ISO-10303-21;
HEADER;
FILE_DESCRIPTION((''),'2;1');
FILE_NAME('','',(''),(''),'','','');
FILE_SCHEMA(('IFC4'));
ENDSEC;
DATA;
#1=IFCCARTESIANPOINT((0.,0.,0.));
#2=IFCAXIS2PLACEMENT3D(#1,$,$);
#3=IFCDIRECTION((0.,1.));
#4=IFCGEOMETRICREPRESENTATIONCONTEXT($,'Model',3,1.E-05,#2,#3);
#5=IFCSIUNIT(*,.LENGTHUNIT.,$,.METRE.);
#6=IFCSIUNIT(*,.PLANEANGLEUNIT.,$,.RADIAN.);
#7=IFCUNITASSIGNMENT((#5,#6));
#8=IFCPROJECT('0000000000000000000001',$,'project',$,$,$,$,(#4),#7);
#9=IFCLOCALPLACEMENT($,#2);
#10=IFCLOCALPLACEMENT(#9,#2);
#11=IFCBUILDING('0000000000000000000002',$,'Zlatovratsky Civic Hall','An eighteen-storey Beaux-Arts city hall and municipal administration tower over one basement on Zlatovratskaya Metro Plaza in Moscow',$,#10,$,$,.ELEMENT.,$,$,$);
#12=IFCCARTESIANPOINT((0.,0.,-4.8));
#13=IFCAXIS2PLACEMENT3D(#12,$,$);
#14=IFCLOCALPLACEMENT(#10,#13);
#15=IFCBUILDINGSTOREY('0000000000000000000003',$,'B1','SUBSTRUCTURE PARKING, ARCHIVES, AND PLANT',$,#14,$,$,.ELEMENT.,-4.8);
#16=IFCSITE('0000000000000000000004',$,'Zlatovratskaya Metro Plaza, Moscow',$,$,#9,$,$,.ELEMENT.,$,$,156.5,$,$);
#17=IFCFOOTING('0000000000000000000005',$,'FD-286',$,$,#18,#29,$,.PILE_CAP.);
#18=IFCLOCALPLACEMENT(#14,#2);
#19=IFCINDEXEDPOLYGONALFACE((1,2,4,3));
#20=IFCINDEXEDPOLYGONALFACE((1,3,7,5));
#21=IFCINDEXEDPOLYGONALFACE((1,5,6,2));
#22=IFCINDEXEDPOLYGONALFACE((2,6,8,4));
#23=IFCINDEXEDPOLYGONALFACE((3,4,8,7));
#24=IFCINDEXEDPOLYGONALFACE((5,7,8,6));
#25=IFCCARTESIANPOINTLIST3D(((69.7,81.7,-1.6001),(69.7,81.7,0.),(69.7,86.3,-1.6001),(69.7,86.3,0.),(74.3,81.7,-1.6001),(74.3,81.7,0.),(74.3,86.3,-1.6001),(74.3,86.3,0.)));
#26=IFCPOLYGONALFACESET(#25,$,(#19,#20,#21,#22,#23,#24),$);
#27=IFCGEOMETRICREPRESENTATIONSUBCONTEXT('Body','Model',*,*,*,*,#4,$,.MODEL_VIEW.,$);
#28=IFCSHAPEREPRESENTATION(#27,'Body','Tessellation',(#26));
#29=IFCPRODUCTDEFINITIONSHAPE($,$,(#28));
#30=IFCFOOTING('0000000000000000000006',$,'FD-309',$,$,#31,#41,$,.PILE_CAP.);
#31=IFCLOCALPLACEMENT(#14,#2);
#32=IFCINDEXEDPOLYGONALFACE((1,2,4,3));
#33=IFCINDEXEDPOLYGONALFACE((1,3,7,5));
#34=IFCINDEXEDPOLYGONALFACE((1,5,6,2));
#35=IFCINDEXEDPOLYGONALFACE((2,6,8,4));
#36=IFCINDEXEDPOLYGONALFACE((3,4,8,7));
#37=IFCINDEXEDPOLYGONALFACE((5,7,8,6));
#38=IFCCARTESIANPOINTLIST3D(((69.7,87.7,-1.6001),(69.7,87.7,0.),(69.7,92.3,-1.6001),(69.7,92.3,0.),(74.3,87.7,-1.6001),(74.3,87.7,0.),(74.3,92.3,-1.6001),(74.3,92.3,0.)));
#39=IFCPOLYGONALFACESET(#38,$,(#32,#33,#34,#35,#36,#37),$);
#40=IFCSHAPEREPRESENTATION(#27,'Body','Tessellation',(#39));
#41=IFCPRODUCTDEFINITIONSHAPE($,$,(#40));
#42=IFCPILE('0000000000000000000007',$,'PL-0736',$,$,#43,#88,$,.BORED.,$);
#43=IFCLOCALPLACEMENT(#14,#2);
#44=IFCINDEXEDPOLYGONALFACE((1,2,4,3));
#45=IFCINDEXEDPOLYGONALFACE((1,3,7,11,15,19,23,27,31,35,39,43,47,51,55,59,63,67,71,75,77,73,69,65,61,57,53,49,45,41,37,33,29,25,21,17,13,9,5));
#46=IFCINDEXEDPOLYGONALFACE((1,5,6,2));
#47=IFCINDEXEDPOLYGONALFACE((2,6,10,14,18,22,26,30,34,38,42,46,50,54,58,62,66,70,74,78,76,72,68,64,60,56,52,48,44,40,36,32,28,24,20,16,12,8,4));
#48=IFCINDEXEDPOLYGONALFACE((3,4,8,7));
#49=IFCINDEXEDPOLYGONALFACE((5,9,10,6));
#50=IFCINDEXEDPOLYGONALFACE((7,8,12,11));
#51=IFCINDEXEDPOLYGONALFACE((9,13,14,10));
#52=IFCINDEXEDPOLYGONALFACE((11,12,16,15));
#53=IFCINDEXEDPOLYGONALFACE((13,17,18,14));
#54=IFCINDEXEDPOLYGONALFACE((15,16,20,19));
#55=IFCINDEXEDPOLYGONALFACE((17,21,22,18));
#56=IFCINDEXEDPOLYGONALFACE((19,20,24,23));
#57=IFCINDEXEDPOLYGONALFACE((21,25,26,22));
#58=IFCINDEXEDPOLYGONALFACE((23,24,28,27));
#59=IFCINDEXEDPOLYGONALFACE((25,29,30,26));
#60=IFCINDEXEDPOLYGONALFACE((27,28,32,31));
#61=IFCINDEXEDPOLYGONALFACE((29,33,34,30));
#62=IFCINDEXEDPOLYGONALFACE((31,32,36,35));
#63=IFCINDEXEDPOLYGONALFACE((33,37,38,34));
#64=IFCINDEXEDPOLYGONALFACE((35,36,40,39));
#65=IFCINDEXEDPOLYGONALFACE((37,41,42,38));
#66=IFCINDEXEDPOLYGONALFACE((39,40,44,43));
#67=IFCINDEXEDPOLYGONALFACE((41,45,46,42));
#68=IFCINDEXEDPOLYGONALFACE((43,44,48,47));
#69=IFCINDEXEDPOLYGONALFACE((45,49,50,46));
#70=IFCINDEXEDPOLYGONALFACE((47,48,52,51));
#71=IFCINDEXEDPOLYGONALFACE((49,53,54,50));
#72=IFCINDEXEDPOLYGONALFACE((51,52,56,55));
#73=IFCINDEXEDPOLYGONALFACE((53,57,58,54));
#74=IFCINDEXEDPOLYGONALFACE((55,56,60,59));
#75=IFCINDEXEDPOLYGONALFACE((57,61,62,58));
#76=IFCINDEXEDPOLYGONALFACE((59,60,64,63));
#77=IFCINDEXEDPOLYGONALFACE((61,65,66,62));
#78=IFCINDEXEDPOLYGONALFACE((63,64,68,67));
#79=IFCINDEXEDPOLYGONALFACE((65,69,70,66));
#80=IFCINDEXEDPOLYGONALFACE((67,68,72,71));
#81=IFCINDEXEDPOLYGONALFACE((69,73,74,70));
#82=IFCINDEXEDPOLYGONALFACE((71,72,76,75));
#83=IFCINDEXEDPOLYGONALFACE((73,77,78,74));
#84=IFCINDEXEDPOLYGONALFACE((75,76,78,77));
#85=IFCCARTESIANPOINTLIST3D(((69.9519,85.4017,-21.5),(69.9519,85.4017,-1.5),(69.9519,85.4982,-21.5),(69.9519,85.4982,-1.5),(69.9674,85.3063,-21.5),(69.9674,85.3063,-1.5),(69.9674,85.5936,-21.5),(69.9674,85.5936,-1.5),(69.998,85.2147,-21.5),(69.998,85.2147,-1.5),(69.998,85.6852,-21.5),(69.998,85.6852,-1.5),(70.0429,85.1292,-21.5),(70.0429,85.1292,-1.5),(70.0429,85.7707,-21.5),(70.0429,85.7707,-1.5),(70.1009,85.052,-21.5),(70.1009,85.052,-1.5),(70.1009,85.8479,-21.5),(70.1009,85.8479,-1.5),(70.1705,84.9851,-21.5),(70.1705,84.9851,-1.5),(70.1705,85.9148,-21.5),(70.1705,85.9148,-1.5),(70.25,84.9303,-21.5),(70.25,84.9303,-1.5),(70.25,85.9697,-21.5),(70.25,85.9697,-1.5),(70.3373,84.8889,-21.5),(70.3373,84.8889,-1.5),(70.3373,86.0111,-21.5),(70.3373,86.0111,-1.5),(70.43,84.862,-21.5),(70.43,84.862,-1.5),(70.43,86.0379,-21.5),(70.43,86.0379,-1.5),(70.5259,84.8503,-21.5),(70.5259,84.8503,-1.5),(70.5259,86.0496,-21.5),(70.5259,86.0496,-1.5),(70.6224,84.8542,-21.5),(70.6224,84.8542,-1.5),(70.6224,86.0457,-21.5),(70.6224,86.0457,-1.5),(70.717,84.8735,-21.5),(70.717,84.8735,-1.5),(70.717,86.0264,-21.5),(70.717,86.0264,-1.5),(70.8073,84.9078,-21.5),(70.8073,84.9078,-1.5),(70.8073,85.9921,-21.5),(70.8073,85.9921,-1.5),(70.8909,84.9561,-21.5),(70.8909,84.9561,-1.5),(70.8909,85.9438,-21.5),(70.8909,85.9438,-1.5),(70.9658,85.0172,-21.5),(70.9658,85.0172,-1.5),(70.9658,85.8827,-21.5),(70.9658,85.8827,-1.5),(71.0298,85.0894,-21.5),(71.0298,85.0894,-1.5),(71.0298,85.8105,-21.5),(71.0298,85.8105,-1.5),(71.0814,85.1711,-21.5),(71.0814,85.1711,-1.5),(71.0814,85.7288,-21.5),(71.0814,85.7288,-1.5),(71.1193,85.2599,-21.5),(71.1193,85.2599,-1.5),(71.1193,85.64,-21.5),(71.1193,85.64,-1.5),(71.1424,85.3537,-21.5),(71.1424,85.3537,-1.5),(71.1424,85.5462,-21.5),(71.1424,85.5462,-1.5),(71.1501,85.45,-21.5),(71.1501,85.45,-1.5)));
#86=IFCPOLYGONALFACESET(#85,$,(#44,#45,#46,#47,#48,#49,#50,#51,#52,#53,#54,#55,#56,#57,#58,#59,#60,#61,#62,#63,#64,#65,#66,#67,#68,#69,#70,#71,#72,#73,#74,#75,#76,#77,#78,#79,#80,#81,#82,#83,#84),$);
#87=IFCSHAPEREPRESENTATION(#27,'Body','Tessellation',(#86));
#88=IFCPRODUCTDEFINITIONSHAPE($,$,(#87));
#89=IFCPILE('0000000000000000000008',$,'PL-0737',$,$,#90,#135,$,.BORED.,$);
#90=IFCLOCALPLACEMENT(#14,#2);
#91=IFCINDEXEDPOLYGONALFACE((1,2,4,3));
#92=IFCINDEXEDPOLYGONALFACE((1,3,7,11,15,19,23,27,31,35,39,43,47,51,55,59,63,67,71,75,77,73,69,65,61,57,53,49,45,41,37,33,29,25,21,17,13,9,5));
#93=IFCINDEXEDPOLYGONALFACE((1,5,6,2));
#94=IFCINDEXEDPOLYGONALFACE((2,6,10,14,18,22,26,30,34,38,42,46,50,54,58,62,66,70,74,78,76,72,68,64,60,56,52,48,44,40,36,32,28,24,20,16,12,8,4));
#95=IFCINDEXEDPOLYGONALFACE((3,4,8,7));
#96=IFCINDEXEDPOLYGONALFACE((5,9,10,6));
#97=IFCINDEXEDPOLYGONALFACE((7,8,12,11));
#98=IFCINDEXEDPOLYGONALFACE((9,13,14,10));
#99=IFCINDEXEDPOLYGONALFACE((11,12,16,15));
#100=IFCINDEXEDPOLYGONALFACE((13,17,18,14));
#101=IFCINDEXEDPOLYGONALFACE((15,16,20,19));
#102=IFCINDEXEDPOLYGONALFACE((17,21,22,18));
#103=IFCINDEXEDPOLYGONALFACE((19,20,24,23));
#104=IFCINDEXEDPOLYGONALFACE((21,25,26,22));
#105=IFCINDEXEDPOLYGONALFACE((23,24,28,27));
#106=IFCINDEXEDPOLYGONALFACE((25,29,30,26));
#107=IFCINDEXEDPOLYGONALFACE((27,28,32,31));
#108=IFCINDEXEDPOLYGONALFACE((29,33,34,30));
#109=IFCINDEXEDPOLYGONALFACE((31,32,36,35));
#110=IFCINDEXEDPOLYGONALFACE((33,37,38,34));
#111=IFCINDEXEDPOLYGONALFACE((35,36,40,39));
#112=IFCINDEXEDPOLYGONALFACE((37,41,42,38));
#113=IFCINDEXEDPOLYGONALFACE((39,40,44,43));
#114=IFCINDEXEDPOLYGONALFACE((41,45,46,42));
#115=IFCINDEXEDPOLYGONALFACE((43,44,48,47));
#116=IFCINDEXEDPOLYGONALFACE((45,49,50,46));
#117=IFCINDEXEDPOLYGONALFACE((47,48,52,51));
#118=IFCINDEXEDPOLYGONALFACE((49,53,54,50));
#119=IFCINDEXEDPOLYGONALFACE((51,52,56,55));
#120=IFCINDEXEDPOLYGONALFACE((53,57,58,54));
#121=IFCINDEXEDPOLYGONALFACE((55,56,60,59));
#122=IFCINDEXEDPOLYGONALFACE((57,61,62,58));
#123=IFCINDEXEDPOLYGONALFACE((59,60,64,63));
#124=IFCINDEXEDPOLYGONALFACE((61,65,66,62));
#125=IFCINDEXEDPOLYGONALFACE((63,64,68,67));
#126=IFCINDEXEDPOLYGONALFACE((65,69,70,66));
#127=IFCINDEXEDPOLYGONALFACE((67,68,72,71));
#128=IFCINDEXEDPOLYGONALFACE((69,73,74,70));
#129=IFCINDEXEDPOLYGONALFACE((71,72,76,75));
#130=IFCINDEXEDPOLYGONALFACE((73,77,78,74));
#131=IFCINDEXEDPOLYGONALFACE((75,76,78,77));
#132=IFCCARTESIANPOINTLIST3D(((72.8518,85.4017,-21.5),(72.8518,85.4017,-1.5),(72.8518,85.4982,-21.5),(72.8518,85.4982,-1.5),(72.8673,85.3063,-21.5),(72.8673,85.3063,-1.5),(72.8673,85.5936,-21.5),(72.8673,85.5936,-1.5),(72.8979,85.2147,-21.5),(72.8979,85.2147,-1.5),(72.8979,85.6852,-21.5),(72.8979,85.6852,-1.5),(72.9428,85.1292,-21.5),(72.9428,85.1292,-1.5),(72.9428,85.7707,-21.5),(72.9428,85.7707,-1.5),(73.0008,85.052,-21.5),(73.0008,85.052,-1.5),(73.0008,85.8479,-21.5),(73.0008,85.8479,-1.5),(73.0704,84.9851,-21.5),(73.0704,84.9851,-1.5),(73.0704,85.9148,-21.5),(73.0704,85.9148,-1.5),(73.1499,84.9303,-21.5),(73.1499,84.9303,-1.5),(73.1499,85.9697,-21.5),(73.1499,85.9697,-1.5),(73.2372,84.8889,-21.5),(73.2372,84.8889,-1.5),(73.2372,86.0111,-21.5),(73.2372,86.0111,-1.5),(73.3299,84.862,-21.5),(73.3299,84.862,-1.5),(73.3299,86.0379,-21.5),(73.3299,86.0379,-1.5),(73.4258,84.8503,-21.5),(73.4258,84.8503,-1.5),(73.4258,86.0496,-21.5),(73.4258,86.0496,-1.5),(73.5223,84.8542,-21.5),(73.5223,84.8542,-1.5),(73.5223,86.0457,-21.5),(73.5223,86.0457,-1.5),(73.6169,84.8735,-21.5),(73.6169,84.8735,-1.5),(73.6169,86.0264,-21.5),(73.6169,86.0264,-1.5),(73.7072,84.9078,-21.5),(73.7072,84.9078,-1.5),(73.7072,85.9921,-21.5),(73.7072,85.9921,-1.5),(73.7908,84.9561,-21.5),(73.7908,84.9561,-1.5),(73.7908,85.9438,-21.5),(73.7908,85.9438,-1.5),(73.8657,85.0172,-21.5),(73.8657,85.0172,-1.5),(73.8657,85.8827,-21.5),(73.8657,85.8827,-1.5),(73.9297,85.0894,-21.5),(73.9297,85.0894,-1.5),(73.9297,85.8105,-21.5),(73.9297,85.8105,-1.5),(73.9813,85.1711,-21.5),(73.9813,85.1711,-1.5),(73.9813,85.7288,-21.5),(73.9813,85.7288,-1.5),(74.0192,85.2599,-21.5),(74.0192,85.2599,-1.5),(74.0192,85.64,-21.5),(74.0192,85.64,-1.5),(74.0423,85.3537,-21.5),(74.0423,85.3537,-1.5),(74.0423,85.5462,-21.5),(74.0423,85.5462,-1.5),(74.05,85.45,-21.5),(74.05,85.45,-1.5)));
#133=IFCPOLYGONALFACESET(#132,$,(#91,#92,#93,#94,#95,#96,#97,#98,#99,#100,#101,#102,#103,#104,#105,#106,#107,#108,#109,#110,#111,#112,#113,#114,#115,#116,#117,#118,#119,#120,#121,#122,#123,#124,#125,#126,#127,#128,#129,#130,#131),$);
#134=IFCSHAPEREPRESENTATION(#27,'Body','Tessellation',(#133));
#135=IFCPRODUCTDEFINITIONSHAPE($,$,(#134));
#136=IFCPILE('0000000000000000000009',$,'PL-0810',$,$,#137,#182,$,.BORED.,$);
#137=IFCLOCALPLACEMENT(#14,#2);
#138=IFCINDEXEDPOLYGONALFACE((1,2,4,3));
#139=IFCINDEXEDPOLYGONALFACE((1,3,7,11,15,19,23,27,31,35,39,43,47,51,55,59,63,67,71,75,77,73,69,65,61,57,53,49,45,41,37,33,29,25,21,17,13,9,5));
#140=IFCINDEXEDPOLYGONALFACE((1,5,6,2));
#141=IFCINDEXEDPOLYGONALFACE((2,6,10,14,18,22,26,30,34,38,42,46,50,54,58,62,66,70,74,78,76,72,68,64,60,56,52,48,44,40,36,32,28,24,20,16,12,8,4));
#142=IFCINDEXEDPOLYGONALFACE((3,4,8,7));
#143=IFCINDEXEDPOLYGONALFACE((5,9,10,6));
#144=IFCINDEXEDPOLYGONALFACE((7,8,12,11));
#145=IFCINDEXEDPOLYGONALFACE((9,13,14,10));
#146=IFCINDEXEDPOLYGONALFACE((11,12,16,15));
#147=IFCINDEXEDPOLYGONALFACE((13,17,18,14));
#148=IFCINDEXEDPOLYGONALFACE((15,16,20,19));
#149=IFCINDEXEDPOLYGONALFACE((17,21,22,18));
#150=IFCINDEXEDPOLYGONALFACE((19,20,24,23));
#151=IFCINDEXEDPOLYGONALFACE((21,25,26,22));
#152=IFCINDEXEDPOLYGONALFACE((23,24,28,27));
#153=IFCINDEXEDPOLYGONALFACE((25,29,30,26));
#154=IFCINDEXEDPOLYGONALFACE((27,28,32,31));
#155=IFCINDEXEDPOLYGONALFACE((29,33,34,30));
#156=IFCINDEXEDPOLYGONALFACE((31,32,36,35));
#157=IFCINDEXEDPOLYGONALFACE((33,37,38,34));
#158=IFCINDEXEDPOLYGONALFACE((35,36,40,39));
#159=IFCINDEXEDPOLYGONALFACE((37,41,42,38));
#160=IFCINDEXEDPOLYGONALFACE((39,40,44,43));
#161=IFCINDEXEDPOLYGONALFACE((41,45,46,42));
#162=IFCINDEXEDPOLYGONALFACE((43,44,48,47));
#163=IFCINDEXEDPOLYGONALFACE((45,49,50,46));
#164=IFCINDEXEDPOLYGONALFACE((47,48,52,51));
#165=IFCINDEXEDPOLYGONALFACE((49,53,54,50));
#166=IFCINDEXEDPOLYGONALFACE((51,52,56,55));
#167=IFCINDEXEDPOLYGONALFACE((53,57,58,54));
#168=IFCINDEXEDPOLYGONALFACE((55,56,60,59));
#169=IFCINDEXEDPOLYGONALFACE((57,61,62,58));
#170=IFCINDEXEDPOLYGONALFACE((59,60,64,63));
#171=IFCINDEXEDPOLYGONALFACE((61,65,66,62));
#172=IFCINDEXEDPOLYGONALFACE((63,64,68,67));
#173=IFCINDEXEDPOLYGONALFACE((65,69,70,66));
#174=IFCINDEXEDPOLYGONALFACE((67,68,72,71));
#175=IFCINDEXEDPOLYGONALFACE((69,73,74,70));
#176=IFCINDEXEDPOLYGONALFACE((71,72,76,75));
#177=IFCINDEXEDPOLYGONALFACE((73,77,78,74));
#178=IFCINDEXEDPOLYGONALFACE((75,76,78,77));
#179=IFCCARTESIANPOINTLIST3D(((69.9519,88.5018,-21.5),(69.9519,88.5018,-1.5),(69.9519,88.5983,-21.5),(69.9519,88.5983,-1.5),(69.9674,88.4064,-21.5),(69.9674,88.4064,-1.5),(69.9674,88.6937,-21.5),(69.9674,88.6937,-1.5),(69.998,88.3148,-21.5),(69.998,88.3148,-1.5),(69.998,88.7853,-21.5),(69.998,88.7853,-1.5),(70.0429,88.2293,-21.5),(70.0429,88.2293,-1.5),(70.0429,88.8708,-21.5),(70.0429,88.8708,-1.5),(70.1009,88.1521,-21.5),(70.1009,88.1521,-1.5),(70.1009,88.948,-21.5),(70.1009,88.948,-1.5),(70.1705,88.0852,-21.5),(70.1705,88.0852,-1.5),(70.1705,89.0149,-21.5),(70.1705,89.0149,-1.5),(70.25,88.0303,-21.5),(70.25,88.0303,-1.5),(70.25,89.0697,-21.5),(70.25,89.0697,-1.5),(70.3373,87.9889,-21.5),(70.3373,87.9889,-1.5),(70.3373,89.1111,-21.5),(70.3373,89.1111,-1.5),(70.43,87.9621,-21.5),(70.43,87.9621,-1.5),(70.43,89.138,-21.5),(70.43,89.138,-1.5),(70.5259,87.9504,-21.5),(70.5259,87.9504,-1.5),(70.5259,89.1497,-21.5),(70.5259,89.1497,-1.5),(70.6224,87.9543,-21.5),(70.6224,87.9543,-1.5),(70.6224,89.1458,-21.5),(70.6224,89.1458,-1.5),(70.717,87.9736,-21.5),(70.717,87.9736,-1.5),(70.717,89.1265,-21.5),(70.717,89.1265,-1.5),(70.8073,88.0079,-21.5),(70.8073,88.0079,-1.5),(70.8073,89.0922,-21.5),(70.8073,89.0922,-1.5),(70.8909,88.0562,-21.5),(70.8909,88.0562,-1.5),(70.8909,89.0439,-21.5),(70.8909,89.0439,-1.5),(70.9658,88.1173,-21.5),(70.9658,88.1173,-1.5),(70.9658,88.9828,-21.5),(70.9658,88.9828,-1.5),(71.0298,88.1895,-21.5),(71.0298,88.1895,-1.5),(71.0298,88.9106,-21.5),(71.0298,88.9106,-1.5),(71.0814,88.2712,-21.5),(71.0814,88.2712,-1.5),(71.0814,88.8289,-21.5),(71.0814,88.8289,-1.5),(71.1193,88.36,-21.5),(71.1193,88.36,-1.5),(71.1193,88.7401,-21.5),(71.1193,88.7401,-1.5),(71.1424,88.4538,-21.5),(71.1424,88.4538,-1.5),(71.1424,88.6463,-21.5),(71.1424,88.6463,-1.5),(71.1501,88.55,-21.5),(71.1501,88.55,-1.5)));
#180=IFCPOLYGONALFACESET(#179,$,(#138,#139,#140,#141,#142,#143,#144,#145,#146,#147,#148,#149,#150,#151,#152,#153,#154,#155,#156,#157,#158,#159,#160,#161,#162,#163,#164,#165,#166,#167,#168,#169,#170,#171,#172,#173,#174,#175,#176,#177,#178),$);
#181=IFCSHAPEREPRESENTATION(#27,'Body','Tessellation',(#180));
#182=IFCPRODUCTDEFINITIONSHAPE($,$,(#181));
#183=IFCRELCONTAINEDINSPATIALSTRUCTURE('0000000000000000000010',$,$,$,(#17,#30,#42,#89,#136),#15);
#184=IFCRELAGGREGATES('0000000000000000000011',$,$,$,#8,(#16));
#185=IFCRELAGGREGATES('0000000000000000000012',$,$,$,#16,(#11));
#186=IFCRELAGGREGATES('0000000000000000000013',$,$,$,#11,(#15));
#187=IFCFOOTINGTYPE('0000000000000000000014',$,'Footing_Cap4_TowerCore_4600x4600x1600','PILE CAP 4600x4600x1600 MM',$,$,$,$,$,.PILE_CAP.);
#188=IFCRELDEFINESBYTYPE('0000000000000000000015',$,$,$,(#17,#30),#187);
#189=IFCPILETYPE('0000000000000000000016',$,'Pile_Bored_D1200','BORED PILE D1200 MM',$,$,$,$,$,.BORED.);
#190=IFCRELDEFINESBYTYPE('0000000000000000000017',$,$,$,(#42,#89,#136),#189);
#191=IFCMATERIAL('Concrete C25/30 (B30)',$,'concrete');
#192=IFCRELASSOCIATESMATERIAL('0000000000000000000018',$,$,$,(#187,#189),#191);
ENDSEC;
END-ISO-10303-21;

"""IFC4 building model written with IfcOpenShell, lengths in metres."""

from ifc_helpers import new_model, si_unit, direction, frame, origin, origin_2d, place, context, subcontext, project, spatial, rectangle, circle, extrude, material, material_profile, profile_set, type_object, element, save


model = new_model("IFC4")

# Units and contexts
model_context = context("Model", 3, precision=1e-05, world=origin(), true_north=direction((0.0, 1.0)))
body_context = subcontext(model_context, "Body", "Model", "MODEL_VIEW")
ifc_project = project(units=[si_unit("LENGTHUNIT", "METRE"), si_unit("PLANEANGLEUNIT", "RADIAN")], contexts=[model_context])

# Site, building, storey
site_placement = place(None, origin())
site = spatial("IfcSite", under=ifc_project, at=site_placement, Name="Zlatovratskaya Metro Plaza, Moscow", CompositionType="ELEMENT", RefElevation=156.5)
building_placement = place(site_placement, origin())
building = spatial("IfcBuilding", under=site, at=building_placement, Name="Zlatovratsky Civic Hall", Description="An eighteen-storey Beaux-Arts city hall and municipal administration tower over one basement on Zlatovratskaya Metro Plaza in Moscow", CompositionType="ELEMENT")
storey_placement = place(building_placement, frame((0.0, 0.0, -4.8)))
storey = spatial("IfcBuildingStorey", under=building, at=storey_placement, Name="B1", Description="SUBSTRUCTURE PARKING, ARCHIVES, AND PLANT", CompositionType="ELEMENT", Elevation=-4.8)

# Footings
ifc_material_1 = material(Name="Concrete C25/30 (B30)", Category="concrete")
footing_type = type_object("IfcFootingType", Name="Footing_Cap4_TowerCore_4600x4600x1600", Description="PILE CAP 4600x4600x1600 MM", PredefinedType="PILE_CAP", material=ifc_material_1)
for number, where, z_axis, x_axis, name in (
    (1, (72.0, 84.0, -1.6001), (0.0, 0.0, 1.0), (1.0, 0.0, 0.0), "FD-286"),
    (2, (72.0, 90.0, -1.6001), (0.0, 0.0, 1.0), (1.0, 0.0, 0.0), "FD-309"),
):
    element("IfcFooting", number, at=place(storey_placement, frame(where, z_axis=z_axis, x_axis=x_axis)), inside=storey, type_object=footing_type, Name=name, PredefinedType="PILE_CAP", context=body_context, shape_type="SweptSolid", body=[
        extrude(rectangle(XDim=4.6001, YDim=4.6001, at=origin_2d()), origin(), (0.0, 0.0, 1.0), 1.6001),
    ])

# Piles
ifc_material_profile_1 = material_profile(ifc_material_1, circle(Radius=0.6001, at=origin_2d()), Name="PILE D1200")
ifc_profile_set_1 = profile_set([ifc_material_profile_1], Name="Concrete C25/30 (B30)")
pile_type = type_object("IfcPileType", Name="Pile_Bored_D1200", Description="BORED PILE D1200 MM", PredefinedType="BORED", material=ifc_profile_set_1)
for number, where, z_axis, x_axis, name in (
    (3, (70.55, 85.45, -1.5), (0.0, 0.0, -1.0), (1.0, 0.0, 0.0), "PL-0736"),
    (4, (73.45, 85.45, -1.5), (0.0, 0.0, -1.0), (1.0, 0.0, 0.0), "PL-0737"),
    (5, (70.55, 88.55, -1.5), (0.0, 0.0, -1.0), (1.0, 0.0, 0.0), "PL-0810"),
):
    element("IfcPile", number, at=place(storey_placement, frame(where, z_axis=z_axis, x_axis=x_axis)), inside=storey, type_object=pile_type, Name=name, PredefinedType="BORED", context=body_context, shape_type="SweptSolid", body=[
        extrude(circle(Radius=0.6001, at=origin_2d()), origin(), (0.0, 0.0, 1.0), 20.0),
    ])

save(model, "model.ifc")
